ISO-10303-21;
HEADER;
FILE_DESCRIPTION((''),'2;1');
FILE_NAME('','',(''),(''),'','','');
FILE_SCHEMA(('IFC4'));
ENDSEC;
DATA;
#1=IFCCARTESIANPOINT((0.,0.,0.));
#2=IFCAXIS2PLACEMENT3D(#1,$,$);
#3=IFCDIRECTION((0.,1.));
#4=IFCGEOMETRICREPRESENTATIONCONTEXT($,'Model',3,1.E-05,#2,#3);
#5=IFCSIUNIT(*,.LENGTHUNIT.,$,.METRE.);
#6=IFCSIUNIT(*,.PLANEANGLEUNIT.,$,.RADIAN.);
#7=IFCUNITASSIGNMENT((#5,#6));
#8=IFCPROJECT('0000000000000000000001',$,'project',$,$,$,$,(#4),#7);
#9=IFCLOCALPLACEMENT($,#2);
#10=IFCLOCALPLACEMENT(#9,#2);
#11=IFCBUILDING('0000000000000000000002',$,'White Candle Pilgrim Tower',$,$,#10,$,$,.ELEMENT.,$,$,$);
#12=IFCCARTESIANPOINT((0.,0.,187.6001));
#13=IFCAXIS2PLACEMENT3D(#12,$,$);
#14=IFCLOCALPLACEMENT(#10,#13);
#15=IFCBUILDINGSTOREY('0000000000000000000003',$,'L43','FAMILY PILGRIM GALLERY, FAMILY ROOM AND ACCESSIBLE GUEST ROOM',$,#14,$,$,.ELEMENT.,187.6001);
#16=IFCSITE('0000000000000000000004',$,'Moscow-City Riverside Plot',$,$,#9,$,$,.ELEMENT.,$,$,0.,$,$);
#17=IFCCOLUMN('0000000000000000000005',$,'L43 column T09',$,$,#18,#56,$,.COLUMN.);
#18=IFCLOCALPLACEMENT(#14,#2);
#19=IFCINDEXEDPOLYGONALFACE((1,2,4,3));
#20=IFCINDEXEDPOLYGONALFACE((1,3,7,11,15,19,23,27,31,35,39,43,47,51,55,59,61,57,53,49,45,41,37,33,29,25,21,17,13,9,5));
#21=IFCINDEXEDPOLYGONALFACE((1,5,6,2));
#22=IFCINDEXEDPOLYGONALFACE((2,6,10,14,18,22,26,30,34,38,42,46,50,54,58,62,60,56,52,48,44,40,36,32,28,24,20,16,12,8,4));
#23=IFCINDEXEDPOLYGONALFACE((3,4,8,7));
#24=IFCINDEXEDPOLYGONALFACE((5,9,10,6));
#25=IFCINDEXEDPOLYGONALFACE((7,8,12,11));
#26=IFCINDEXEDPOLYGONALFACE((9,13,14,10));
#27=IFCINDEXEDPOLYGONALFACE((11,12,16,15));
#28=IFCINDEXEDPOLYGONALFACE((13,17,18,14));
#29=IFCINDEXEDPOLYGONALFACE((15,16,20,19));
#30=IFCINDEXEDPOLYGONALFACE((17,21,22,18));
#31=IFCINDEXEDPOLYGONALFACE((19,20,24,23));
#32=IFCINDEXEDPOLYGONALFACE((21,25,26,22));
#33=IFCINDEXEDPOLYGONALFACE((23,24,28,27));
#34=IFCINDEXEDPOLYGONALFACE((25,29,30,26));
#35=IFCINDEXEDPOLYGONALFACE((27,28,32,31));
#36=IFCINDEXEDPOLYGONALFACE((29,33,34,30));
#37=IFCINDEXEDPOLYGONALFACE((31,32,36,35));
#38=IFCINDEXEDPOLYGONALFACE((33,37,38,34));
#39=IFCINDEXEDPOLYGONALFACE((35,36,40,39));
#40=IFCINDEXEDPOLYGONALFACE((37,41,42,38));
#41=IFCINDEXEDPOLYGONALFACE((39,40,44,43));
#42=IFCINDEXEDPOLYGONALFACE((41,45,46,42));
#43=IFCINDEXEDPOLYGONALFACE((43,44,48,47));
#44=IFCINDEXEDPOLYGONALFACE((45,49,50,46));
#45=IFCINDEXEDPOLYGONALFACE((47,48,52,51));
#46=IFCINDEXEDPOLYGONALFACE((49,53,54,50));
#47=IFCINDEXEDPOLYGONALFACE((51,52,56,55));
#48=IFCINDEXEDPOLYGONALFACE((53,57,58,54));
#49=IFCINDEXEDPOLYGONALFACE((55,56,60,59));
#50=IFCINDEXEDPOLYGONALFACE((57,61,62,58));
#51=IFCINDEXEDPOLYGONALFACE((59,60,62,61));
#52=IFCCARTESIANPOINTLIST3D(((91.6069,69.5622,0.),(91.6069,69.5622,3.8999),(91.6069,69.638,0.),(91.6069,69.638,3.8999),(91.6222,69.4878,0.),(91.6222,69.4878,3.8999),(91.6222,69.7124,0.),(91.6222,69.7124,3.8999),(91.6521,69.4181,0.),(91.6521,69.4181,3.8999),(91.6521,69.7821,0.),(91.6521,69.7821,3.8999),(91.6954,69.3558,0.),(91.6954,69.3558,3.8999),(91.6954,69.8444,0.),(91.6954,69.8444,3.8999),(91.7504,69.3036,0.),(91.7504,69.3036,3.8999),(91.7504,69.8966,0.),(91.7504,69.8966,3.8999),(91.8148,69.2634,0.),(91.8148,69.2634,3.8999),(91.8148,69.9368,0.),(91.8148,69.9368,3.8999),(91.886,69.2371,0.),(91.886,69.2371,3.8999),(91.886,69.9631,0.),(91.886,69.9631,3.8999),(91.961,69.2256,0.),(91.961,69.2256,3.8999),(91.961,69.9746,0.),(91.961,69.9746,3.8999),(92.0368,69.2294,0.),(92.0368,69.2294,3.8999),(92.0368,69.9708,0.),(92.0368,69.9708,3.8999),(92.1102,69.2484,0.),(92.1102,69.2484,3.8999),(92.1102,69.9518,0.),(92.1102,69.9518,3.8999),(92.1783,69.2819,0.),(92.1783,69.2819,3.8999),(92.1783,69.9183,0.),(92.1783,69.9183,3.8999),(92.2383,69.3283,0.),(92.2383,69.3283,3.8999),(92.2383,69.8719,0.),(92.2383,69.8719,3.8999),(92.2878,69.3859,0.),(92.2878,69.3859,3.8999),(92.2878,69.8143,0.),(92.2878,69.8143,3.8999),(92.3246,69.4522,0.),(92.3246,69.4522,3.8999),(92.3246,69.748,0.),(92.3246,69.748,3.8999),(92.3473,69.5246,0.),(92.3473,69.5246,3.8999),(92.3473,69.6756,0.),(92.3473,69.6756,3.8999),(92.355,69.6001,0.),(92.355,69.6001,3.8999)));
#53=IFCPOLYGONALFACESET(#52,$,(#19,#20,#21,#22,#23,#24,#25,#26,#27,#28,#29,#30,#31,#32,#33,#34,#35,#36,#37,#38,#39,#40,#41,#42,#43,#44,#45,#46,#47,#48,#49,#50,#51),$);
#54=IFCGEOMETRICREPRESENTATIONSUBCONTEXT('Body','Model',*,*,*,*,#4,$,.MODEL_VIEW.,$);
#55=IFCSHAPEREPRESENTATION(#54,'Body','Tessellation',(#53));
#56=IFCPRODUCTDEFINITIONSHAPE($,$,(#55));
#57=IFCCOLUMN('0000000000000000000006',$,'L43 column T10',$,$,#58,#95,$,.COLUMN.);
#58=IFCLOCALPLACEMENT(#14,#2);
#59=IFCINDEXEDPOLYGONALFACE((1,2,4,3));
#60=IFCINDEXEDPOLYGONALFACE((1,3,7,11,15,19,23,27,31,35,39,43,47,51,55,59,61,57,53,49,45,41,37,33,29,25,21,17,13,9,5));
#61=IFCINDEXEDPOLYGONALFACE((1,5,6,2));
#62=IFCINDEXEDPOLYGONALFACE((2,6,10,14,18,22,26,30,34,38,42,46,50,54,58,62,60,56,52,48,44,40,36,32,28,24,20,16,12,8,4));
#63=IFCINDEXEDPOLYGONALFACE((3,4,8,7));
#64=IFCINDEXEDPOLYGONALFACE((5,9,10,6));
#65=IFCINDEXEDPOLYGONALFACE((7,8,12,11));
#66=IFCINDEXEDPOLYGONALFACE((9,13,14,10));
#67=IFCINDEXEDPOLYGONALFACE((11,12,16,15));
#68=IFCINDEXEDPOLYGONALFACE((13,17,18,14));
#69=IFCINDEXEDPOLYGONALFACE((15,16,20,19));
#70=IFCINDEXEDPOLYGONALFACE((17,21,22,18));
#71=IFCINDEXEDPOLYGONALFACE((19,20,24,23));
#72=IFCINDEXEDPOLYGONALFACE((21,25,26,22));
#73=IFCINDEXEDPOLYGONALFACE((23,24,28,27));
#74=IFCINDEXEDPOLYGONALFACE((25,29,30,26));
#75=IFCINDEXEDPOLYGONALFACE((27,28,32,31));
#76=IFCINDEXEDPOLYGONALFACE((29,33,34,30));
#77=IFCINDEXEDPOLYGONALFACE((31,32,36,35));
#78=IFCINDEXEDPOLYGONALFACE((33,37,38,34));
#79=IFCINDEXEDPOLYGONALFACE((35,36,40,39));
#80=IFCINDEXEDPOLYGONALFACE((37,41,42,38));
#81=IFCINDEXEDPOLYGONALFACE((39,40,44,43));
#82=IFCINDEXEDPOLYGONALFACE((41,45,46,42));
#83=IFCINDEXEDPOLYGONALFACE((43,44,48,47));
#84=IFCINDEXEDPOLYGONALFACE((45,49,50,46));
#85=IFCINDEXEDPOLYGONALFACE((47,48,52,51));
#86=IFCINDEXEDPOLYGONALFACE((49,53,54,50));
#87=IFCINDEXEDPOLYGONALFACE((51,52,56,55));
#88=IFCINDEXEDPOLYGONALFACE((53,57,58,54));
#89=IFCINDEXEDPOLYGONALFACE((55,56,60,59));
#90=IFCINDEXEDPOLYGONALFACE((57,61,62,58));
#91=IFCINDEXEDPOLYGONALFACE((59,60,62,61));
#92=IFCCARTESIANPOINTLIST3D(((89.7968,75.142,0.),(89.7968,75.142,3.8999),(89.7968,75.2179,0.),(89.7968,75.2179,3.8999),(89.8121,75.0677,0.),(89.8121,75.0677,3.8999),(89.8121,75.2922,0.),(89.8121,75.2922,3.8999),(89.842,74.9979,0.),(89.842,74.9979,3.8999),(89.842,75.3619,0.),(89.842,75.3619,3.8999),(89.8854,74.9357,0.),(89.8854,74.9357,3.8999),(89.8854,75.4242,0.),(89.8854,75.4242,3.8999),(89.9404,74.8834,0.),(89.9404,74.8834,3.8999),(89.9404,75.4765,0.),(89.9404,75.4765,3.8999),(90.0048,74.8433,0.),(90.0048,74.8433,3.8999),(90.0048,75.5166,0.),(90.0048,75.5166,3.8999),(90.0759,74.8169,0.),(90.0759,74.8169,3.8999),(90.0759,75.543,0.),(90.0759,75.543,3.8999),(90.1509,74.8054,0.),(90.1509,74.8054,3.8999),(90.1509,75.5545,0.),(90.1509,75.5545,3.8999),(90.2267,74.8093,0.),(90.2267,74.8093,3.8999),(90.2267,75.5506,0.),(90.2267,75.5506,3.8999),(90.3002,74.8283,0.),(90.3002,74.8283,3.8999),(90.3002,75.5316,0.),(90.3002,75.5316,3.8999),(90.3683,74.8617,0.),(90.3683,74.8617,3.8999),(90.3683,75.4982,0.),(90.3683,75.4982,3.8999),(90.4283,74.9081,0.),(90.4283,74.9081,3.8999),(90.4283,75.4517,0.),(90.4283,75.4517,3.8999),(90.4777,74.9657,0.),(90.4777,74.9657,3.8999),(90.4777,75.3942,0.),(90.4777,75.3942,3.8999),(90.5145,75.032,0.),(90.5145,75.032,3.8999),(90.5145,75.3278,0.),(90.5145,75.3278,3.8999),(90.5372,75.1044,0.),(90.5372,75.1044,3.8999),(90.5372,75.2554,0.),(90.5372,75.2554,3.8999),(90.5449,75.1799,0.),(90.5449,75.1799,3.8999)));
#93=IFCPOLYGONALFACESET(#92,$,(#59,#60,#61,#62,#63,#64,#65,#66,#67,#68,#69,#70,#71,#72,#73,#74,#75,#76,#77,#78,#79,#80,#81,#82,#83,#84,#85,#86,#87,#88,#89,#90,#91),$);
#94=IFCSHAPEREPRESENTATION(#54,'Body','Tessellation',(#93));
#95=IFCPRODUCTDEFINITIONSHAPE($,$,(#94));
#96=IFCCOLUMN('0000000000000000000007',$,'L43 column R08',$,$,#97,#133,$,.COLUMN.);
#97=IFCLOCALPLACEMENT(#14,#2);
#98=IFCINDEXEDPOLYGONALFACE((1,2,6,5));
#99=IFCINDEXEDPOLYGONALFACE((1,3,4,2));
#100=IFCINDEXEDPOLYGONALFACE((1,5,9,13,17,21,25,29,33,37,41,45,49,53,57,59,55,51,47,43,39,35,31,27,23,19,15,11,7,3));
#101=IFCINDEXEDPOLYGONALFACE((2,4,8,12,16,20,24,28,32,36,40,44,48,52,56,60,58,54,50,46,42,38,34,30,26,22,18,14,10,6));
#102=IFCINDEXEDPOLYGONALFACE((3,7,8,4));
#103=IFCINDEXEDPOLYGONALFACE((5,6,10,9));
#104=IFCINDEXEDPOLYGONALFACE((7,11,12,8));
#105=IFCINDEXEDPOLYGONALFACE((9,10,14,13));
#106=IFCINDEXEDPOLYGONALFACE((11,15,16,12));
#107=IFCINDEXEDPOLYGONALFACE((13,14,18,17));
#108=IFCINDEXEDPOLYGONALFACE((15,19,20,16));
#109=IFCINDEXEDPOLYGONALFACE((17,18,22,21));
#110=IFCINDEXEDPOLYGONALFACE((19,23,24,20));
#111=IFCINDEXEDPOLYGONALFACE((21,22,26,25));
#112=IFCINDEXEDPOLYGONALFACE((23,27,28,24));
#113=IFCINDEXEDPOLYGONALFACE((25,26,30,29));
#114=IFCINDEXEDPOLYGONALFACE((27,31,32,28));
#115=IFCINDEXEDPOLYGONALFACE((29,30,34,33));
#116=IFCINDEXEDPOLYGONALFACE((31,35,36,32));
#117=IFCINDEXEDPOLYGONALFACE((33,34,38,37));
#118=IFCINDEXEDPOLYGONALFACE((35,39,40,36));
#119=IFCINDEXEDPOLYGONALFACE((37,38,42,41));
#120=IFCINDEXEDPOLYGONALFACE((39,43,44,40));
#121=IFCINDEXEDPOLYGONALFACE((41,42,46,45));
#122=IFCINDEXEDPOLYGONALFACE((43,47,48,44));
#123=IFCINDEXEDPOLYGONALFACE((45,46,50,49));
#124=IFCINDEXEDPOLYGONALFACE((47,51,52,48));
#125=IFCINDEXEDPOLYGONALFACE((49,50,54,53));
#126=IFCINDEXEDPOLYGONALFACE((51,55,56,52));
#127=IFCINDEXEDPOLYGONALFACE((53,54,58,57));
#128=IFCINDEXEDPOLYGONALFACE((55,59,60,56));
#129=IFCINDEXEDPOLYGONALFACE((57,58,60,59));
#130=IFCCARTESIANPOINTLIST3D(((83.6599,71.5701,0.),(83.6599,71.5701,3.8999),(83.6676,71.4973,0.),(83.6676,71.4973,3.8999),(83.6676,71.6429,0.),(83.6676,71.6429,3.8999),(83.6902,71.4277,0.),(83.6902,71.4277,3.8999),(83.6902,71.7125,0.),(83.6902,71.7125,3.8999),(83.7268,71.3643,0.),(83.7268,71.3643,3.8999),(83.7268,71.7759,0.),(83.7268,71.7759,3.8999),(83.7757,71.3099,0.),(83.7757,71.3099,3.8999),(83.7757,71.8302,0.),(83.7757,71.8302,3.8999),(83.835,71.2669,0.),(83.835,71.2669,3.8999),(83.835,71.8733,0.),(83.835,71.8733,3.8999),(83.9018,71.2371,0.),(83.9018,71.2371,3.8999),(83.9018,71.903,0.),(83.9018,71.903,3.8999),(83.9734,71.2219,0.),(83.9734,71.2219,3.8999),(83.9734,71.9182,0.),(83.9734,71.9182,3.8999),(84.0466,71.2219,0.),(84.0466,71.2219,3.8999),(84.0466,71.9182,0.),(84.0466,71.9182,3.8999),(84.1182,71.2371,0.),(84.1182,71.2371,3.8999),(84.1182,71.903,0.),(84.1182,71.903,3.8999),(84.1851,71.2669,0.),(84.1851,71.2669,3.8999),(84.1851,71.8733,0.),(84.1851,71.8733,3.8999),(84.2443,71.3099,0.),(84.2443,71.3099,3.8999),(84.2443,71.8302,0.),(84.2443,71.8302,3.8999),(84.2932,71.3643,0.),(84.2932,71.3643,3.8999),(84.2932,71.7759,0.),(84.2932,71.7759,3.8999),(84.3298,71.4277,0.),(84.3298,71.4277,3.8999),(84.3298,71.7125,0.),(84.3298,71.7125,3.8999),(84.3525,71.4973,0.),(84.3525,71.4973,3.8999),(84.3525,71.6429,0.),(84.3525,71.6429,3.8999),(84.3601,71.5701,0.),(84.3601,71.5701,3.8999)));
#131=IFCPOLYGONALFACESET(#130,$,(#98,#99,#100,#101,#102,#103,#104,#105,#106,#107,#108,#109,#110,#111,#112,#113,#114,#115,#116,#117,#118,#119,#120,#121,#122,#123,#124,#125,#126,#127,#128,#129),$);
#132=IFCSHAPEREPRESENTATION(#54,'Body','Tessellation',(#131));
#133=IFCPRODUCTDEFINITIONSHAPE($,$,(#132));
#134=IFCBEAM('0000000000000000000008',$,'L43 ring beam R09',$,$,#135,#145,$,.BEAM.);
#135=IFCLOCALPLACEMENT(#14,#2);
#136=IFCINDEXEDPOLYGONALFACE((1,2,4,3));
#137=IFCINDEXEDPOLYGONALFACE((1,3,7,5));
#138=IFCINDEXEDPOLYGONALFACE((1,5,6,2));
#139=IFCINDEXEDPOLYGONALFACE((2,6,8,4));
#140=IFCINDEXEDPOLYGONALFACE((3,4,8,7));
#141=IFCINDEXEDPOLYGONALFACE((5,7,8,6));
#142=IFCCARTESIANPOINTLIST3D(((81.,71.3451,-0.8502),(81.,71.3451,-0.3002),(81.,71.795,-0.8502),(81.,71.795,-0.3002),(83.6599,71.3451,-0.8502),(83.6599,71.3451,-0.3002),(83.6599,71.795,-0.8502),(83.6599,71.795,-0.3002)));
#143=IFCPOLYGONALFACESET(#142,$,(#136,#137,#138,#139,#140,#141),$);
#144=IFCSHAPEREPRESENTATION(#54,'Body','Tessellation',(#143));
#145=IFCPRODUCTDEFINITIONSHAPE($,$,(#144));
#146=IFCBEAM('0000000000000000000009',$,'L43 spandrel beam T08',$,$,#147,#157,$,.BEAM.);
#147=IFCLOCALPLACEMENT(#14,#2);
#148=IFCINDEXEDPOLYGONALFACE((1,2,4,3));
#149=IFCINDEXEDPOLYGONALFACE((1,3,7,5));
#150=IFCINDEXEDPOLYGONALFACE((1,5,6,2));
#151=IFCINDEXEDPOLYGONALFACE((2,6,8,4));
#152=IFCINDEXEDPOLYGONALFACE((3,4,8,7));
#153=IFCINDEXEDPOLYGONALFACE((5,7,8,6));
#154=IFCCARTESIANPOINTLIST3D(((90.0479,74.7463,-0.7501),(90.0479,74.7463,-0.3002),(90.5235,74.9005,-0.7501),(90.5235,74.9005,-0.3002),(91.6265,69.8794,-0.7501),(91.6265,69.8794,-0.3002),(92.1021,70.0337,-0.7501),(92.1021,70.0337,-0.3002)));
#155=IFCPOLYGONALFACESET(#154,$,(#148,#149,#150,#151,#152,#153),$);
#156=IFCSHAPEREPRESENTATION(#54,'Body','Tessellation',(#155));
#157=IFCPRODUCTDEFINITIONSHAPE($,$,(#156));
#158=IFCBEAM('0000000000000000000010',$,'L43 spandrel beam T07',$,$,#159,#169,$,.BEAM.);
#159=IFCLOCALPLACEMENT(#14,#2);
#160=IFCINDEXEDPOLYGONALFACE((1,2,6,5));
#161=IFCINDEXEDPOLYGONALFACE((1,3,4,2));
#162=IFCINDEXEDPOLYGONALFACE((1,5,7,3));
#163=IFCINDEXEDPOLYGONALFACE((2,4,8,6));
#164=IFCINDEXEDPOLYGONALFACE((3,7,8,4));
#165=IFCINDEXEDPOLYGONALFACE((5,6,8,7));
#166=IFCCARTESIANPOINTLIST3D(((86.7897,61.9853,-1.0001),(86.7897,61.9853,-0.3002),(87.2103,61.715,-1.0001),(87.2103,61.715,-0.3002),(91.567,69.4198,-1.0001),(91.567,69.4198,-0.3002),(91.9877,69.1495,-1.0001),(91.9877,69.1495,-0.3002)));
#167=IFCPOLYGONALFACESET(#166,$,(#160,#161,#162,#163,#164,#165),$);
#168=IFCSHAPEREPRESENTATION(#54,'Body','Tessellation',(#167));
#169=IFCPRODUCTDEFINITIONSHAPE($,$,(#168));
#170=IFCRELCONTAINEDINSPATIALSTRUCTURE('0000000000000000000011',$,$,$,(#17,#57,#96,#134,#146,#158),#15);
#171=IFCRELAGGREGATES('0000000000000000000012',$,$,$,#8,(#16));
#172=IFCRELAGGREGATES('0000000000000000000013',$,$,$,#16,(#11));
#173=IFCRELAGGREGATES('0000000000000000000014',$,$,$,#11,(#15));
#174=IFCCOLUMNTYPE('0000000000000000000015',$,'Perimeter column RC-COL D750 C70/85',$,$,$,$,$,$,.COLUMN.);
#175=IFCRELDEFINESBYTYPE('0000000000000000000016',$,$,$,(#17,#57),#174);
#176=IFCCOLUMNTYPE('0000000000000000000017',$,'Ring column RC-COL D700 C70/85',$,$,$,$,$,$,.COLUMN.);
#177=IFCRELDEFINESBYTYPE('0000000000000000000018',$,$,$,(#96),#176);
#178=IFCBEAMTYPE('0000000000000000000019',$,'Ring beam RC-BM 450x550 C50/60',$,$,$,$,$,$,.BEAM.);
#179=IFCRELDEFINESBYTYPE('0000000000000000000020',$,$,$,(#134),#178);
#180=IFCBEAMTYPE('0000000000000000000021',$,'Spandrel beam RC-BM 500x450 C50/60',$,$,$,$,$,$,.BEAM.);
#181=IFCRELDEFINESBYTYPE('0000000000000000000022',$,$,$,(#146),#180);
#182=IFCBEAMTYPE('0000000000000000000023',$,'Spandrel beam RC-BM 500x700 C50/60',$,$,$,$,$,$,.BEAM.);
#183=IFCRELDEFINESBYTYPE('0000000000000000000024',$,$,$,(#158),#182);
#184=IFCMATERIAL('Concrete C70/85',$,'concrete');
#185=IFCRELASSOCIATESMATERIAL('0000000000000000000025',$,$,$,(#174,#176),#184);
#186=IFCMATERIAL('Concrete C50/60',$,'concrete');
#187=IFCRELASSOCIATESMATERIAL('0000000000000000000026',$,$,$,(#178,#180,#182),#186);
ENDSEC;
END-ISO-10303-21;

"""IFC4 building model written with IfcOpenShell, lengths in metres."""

from ifc_helpers import new_model, si_unit, direction, frame, origin, origin_2d, place, context, subcontext, project, spatial, rectangle, circle, extrude, material, material_profile, profile_set, type_object, element, save


model = new_model("IFC4")

# Units and contexts
model_context = context("Model", 3, precision=1e-05, world=origin(), true_north=direction((0.0, 1.0)))
body_context = subcontext(model_context, "Body", "Model", "MODEL_VIEW")
ifc_project = project(units=[si_unit("LENGTHUNIT", "METRE"), si_unit("PLANEANGLEUNIT", "RADIAN")], contexts=[model_context])

# Site, building, storey
site_placement = place(None, origin())
site = spatial("IfcSite", under=ifc_project, at=site_placement, Name="Moscow-City Riverside Plot", CompositionType="ELEMENT", RefElevation=0.0)
building_placement = place(site_placement, origin())
building = spatial("IfcBuilding", under=site, at=building_placement, Name="White Candle Pilgrim Tower", CompositionType="ELEMENT")
storey_placement = place(building_placement, frame((0.0, 0.0, 187.6001)))
storey = spatial("IfcBuildingStorey", under=building, at=storey_placement, Name="L43", Description="FAMILY PILGRIM GALLERY, FAMILY ROOM AND ACCESSIBLE GUEST ROOM", CompositionType="ELEMENT", Elevation=187.6001)

# Columns
ifc_material_1 = material(Name="Concrete C70/85", Category="concrete")
ifc_material_profile_1 = material_profile(ifc_material_1, circle(Radius=0.375, at=origin_2d()), Name="RC-COL D750")
ifc_profile_set_1 = profile_set([ifc_material_profile_1], Name="Concrete C70/85")
column_type_1 = type_object("IfcColumnType", Name="Perimeter column RC-COL D750 C70/85", PredefinedType="COLUMN", material=ifc_profile_set_1)
for number, where, z_axis, x_axis, name in (
    (1, (91.98, 69.6001, 0.0), (0.0, 0.0, 1.0), (1.0, 0.0, 0.0), "L43 column T09"),
    (2, (90.1699, 75.1799, 0.0), (0.0, 0.0, 1.0), (1.0, 0.0, 0.0), "L43 column T10"),
):
    element("IfcColumn", number, at=place(storey_placement, frame(where, z_axis=z_axis, x_axis=x_axis)), inside=storey, type_object=column_type_1, Name=name, PredefinedType="COLUMN", context=body_context, shape_type="SweptSolid", body=[
        extrude(circle(Radius=0.375, at=origin_2d()), origin(), (0.0, 0.0, 1.0), 3.8999),
    ])
ifc_material_profile_2 = material_profile(ifc_material_1, circle(Radius=0.3501, at=origin_2d()), Name="RC-COL D700")
ifc_profile_set_2 = profile_set([ifc_material_profile_2], Name="Concrete C70/85")
column_type_2 = type_object("IfcColumnType", Name="Ring column RC-COL D700 C70/85", PredefinedType="COLUMN", material=ifc_profile_set_2)
column_placement = place(storey_placement, frame((84.01, 71.5701, 0.0), z_axis=(0.0, 0.0, 1.0), x_axis=(1.0, 0.0, 0.0)))
element("IfcColumn", 3, at=column_placement, inside=storey, type_object=column_type_2, Name="L43 column R08", PredefinedType="COLUMN", context=body_context, shape_type="SweptSolid", body=[
    extrude(circle(Radius=0.3501, at=origin_2d()), origin(), (0.0, 0.0, 1.0), 3.8999),
])

# Beams
ifc_material_2 = material(Name="Concrete C50/60", Category="concrete")
ifc_material_profile_3 = material_profile(ifc_material_2, rectangle(XDim=0.45, YDim=0.55, at=origin_2d()), Name="RC-BM 450x550")
ifc_profile_set_3 = profile_set([ifc_material_profile_3], Name="Concrete C50/60")
beam_type_1 = type_object("IfcBeamType", Name="Ring beam RC-BM 450x550 C50/60", PredefinedType="BEAM", material=ifc_profile_set_3)
beam_1_placement = place(storey_placement, frame((83.6599, 71.5701, -0.5752), z_axis=(-1.0, 0.0, 0.0), x_axis=(0.0, -1.0, 0.0)))
element("IfcBeam", 4, at=beam_1_placement, inside=storey, type_object=beam_type_1, Name="L43 ring beam R09", PredefinedType="BEAM", context=body_context, shape_type="SweptSolid", body=[
    extrude(rectangle(XDim=0.45, YDim=0.55, at=origin_2d()), origin(), (0.0, 0.0, 1.0), 2.6599),
])
ifc_material_profile_4 = material_profile(ifc_material_2, rectangle(XDim=0.5, YDim=0.45, at=origin_2d()), Name="RC-BM 500x450")
ifc_profile_set_4 = profile_set([ifc_material_profile_4], Name="Concrete C50/60")
beam_type_2 = type_object("IfcBeamType", Name="Spandrel beam RC-BM 500x450 C50/60", PredefinedType="BEAM", material=ifc_profile_set_4)
beam_2_placement = place(storey_placement, frame((91.8643, 69.9565, -0.5251), z_axis=(-0.30853, 0.951214, 0.0), x_axis=(-0.951214, -0.30853, 0.0)))
element("IfcBeam", 5, at=beam_2_placement, inside=storey, type_object=beam_type_2, Name="L43 spandrel beam T08", PredefinedType="BEAM", context=body_context, shape_type="SweptSolid", body=[
    extrude(rectangle(XDim=0.5, YDim=0.45, at=origin_2d()), origin(), (0.0, 0.0, 1.0), 5.1165),
])
ifc_material_profile_5 = material_profile(ifc_material_2, rectangle(XDim=0.5, YDim=0.7, at=origin_2d()), Name="RC-BM 500x700")
ifc_profile_set_5 = profile_set([ifc_material_profile_5], Name="Concrete C50/60")
beam_type_3 = type_object("IfcBeamType", Name="Spandrel beam RC-BM 500x700 C50/60", PredefinedType="BEAM", material=ifc_profile_set_5)
beam_3_placement = place(storey_placement, frame((91.7773, 69.2847, -0.6501), z_axis=(-0.540596, -0.841283, 0.0), x_axis=(0.841283, -0.540596, 0.0)))
element("IfcBeam", 6, at=beam_3_placement, inside=storey, type_object=beam_type_3, Name="L43 spandrel beam T07", PredefinedType="BEAM", context=body_context, shape_type="SweptSolid", body=[
    extrude(rectangle(XDim=0.5, YDim=0.7, at=origin_2d()), origin(), (0.0, 0.0, 1.0), 8.8372),
])

save(model, "model.ifc")
